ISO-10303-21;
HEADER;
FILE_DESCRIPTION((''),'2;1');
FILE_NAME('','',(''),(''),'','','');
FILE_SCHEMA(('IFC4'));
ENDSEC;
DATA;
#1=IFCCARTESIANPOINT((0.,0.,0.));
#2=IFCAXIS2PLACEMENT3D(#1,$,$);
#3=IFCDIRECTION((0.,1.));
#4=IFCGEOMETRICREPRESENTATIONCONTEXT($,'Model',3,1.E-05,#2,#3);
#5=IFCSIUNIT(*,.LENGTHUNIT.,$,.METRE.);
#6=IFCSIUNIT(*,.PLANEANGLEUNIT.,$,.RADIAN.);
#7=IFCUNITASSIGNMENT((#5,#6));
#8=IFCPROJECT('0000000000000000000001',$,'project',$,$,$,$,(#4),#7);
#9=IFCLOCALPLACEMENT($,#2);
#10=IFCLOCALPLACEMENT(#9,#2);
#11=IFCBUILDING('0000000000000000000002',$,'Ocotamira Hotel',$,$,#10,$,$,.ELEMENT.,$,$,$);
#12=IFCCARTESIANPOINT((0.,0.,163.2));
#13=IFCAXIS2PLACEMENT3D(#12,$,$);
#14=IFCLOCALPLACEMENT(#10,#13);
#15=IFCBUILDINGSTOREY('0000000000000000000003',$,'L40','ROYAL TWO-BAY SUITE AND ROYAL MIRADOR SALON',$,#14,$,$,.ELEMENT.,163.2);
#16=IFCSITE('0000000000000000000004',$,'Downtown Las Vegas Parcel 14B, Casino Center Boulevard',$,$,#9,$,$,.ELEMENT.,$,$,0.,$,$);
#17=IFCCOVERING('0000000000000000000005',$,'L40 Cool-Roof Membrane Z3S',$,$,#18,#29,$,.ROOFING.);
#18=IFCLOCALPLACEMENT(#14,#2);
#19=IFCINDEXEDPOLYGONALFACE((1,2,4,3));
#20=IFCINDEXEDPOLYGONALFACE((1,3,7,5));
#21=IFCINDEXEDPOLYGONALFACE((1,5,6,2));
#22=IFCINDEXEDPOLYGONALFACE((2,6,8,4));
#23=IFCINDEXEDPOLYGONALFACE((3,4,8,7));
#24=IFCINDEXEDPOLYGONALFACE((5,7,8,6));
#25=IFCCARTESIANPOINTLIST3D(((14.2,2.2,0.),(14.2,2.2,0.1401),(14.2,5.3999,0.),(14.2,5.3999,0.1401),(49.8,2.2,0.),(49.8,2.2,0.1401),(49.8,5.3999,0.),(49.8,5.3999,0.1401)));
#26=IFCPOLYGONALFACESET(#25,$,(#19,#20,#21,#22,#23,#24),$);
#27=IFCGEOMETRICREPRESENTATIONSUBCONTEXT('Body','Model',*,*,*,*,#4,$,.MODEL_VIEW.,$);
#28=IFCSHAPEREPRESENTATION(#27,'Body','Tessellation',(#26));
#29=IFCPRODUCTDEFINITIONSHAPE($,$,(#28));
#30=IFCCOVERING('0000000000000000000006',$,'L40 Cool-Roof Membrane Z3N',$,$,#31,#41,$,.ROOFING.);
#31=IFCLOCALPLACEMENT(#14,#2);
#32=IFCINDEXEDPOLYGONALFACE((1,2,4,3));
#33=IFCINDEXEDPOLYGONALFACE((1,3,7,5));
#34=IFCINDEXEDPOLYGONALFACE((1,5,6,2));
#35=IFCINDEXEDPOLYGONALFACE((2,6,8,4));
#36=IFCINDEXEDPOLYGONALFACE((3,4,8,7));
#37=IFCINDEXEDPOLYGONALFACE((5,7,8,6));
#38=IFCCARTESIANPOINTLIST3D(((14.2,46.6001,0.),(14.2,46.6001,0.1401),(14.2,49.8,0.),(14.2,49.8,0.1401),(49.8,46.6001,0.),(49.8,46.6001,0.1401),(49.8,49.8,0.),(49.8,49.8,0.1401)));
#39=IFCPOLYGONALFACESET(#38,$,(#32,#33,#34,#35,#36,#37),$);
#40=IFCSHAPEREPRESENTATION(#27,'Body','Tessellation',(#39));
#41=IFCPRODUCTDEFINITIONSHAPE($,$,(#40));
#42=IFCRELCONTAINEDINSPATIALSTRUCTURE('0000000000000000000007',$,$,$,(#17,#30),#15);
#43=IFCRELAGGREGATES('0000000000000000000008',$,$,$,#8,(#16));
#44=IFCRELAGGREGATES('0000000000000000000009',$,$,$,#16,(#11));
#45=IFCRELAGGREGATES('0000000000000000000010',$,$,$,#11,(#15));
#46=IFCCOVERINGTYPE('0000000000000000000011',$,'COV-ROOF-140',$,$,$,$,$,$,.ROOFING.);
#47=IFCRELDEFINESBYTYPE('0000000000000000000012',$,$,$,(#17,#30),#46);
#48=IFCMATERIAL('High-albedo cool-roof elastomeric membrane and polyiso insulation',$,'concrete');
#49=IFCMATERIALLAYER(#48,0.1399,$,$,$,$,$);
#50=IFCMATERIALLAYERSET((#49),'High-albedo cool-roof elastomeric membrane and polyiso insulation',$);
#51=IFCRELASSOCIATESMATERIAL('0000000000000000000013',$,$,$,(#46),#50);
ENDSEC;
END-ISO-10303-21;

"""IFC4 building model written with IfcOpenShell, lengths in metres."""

from ifc_helpers import new_model, si_unit, direction, frame, origin, place, context, subcontext, project, spatial, polyline, outline, extrude, material, layer, layer_set, type_object, element, save


model = new_model("IFC4")

# Units and contexts
model_context = context("Model", 3, precision=1e-05, world=origin(), true_north=direction((0.0, 1.0)))
body_context = subcontext(model_context, "Body", "Model", "MODEL_VIEW")
ifc_project = project(units=[si_unit("LENGTHUNIT", "METRE"), si_unit("PLANEANGLEUNIT", "RADIAN")], contexts=[model_context])

# Site, building, storey
site_placement = place(None, origin())
site = spatial("IfcSite", under=ifc_project, at=site_placement, Name="Downtown Las Vegas Parcel 14B, Casino Center Boulevard", CompositionType="ELEMENT", RefElevation=0.0)
building_placement = place(site_placement, origin())
building = spatial("IfcBuilding", under=site, at=building_placement, Name="Ocotamira Hotel", CompositionType="ELEMENT")
storey_placement = place(building_placement, frame((0.0, 0.0, 163.2)))
storey = spatial("IfcBuildingStorey", under=building, at=storey_placement, Name="L40", Description="ROYAL TWO-BAY SUITE AND ROYAL MIRADOR SALON", CompositionType="ELEMENT", Elevation=163.2)

# Coverings
ifc_material_1 = material(Name="High-albedo cool-roof elastomeric membrane and polyiso insulation", Category="concrete")
ifc_layer_1 = layer(ifc_material_1, 0.1399)
ifc_layer_set_1 = layer_set([ifc_layer_1], Name="High-albedo cool-roof elastomeric membrane and polyiso insulation")
covering_type_1 = type_object("IfcCoveringType", Name="COV-ROOF-140", PredefinedType="ROOFING", material=ifc_layer_set_1)
covering_1_placement = place(storey_placement, origin())
element("IfcCovering", 1, at=covering_1_placement, inside=storey, type_object=covering_type_1, Name="L40 Cool-Roof Membrane Z3S", PredefinedType="ROOFING", context=body_context, shape_type="SweptSolid", body=[
    extrude(outline(polyline([(14.2, 2.2), (49.8, 2.2), (49.8, 5.3999), (14.2, 5.3999), (14.2, 2.2)])), origin(), (0.0, 0.0, 1.0), 0.1401),
])
covering_2_placement = place(storey_placement, origin())
element("IfcCovering", 2, at=covering_2_placement, inside=storey, type_object=covering_type_1, Name="L40 Cool-Roof Membrane Z3N", PredefinedType="ROOFING", context=body_context, shape_type="SweptSolid", body=[
    extrude(outline(polyline([(14.2, 46.6001), (49.8, 46.6001), (49.8, 49.8), (14.2, 49.8), (14.2, 46.6001)])), origin(), (0.0, 0.0, 1.0), 0.1401),
])

save(model, "model.ifc")
